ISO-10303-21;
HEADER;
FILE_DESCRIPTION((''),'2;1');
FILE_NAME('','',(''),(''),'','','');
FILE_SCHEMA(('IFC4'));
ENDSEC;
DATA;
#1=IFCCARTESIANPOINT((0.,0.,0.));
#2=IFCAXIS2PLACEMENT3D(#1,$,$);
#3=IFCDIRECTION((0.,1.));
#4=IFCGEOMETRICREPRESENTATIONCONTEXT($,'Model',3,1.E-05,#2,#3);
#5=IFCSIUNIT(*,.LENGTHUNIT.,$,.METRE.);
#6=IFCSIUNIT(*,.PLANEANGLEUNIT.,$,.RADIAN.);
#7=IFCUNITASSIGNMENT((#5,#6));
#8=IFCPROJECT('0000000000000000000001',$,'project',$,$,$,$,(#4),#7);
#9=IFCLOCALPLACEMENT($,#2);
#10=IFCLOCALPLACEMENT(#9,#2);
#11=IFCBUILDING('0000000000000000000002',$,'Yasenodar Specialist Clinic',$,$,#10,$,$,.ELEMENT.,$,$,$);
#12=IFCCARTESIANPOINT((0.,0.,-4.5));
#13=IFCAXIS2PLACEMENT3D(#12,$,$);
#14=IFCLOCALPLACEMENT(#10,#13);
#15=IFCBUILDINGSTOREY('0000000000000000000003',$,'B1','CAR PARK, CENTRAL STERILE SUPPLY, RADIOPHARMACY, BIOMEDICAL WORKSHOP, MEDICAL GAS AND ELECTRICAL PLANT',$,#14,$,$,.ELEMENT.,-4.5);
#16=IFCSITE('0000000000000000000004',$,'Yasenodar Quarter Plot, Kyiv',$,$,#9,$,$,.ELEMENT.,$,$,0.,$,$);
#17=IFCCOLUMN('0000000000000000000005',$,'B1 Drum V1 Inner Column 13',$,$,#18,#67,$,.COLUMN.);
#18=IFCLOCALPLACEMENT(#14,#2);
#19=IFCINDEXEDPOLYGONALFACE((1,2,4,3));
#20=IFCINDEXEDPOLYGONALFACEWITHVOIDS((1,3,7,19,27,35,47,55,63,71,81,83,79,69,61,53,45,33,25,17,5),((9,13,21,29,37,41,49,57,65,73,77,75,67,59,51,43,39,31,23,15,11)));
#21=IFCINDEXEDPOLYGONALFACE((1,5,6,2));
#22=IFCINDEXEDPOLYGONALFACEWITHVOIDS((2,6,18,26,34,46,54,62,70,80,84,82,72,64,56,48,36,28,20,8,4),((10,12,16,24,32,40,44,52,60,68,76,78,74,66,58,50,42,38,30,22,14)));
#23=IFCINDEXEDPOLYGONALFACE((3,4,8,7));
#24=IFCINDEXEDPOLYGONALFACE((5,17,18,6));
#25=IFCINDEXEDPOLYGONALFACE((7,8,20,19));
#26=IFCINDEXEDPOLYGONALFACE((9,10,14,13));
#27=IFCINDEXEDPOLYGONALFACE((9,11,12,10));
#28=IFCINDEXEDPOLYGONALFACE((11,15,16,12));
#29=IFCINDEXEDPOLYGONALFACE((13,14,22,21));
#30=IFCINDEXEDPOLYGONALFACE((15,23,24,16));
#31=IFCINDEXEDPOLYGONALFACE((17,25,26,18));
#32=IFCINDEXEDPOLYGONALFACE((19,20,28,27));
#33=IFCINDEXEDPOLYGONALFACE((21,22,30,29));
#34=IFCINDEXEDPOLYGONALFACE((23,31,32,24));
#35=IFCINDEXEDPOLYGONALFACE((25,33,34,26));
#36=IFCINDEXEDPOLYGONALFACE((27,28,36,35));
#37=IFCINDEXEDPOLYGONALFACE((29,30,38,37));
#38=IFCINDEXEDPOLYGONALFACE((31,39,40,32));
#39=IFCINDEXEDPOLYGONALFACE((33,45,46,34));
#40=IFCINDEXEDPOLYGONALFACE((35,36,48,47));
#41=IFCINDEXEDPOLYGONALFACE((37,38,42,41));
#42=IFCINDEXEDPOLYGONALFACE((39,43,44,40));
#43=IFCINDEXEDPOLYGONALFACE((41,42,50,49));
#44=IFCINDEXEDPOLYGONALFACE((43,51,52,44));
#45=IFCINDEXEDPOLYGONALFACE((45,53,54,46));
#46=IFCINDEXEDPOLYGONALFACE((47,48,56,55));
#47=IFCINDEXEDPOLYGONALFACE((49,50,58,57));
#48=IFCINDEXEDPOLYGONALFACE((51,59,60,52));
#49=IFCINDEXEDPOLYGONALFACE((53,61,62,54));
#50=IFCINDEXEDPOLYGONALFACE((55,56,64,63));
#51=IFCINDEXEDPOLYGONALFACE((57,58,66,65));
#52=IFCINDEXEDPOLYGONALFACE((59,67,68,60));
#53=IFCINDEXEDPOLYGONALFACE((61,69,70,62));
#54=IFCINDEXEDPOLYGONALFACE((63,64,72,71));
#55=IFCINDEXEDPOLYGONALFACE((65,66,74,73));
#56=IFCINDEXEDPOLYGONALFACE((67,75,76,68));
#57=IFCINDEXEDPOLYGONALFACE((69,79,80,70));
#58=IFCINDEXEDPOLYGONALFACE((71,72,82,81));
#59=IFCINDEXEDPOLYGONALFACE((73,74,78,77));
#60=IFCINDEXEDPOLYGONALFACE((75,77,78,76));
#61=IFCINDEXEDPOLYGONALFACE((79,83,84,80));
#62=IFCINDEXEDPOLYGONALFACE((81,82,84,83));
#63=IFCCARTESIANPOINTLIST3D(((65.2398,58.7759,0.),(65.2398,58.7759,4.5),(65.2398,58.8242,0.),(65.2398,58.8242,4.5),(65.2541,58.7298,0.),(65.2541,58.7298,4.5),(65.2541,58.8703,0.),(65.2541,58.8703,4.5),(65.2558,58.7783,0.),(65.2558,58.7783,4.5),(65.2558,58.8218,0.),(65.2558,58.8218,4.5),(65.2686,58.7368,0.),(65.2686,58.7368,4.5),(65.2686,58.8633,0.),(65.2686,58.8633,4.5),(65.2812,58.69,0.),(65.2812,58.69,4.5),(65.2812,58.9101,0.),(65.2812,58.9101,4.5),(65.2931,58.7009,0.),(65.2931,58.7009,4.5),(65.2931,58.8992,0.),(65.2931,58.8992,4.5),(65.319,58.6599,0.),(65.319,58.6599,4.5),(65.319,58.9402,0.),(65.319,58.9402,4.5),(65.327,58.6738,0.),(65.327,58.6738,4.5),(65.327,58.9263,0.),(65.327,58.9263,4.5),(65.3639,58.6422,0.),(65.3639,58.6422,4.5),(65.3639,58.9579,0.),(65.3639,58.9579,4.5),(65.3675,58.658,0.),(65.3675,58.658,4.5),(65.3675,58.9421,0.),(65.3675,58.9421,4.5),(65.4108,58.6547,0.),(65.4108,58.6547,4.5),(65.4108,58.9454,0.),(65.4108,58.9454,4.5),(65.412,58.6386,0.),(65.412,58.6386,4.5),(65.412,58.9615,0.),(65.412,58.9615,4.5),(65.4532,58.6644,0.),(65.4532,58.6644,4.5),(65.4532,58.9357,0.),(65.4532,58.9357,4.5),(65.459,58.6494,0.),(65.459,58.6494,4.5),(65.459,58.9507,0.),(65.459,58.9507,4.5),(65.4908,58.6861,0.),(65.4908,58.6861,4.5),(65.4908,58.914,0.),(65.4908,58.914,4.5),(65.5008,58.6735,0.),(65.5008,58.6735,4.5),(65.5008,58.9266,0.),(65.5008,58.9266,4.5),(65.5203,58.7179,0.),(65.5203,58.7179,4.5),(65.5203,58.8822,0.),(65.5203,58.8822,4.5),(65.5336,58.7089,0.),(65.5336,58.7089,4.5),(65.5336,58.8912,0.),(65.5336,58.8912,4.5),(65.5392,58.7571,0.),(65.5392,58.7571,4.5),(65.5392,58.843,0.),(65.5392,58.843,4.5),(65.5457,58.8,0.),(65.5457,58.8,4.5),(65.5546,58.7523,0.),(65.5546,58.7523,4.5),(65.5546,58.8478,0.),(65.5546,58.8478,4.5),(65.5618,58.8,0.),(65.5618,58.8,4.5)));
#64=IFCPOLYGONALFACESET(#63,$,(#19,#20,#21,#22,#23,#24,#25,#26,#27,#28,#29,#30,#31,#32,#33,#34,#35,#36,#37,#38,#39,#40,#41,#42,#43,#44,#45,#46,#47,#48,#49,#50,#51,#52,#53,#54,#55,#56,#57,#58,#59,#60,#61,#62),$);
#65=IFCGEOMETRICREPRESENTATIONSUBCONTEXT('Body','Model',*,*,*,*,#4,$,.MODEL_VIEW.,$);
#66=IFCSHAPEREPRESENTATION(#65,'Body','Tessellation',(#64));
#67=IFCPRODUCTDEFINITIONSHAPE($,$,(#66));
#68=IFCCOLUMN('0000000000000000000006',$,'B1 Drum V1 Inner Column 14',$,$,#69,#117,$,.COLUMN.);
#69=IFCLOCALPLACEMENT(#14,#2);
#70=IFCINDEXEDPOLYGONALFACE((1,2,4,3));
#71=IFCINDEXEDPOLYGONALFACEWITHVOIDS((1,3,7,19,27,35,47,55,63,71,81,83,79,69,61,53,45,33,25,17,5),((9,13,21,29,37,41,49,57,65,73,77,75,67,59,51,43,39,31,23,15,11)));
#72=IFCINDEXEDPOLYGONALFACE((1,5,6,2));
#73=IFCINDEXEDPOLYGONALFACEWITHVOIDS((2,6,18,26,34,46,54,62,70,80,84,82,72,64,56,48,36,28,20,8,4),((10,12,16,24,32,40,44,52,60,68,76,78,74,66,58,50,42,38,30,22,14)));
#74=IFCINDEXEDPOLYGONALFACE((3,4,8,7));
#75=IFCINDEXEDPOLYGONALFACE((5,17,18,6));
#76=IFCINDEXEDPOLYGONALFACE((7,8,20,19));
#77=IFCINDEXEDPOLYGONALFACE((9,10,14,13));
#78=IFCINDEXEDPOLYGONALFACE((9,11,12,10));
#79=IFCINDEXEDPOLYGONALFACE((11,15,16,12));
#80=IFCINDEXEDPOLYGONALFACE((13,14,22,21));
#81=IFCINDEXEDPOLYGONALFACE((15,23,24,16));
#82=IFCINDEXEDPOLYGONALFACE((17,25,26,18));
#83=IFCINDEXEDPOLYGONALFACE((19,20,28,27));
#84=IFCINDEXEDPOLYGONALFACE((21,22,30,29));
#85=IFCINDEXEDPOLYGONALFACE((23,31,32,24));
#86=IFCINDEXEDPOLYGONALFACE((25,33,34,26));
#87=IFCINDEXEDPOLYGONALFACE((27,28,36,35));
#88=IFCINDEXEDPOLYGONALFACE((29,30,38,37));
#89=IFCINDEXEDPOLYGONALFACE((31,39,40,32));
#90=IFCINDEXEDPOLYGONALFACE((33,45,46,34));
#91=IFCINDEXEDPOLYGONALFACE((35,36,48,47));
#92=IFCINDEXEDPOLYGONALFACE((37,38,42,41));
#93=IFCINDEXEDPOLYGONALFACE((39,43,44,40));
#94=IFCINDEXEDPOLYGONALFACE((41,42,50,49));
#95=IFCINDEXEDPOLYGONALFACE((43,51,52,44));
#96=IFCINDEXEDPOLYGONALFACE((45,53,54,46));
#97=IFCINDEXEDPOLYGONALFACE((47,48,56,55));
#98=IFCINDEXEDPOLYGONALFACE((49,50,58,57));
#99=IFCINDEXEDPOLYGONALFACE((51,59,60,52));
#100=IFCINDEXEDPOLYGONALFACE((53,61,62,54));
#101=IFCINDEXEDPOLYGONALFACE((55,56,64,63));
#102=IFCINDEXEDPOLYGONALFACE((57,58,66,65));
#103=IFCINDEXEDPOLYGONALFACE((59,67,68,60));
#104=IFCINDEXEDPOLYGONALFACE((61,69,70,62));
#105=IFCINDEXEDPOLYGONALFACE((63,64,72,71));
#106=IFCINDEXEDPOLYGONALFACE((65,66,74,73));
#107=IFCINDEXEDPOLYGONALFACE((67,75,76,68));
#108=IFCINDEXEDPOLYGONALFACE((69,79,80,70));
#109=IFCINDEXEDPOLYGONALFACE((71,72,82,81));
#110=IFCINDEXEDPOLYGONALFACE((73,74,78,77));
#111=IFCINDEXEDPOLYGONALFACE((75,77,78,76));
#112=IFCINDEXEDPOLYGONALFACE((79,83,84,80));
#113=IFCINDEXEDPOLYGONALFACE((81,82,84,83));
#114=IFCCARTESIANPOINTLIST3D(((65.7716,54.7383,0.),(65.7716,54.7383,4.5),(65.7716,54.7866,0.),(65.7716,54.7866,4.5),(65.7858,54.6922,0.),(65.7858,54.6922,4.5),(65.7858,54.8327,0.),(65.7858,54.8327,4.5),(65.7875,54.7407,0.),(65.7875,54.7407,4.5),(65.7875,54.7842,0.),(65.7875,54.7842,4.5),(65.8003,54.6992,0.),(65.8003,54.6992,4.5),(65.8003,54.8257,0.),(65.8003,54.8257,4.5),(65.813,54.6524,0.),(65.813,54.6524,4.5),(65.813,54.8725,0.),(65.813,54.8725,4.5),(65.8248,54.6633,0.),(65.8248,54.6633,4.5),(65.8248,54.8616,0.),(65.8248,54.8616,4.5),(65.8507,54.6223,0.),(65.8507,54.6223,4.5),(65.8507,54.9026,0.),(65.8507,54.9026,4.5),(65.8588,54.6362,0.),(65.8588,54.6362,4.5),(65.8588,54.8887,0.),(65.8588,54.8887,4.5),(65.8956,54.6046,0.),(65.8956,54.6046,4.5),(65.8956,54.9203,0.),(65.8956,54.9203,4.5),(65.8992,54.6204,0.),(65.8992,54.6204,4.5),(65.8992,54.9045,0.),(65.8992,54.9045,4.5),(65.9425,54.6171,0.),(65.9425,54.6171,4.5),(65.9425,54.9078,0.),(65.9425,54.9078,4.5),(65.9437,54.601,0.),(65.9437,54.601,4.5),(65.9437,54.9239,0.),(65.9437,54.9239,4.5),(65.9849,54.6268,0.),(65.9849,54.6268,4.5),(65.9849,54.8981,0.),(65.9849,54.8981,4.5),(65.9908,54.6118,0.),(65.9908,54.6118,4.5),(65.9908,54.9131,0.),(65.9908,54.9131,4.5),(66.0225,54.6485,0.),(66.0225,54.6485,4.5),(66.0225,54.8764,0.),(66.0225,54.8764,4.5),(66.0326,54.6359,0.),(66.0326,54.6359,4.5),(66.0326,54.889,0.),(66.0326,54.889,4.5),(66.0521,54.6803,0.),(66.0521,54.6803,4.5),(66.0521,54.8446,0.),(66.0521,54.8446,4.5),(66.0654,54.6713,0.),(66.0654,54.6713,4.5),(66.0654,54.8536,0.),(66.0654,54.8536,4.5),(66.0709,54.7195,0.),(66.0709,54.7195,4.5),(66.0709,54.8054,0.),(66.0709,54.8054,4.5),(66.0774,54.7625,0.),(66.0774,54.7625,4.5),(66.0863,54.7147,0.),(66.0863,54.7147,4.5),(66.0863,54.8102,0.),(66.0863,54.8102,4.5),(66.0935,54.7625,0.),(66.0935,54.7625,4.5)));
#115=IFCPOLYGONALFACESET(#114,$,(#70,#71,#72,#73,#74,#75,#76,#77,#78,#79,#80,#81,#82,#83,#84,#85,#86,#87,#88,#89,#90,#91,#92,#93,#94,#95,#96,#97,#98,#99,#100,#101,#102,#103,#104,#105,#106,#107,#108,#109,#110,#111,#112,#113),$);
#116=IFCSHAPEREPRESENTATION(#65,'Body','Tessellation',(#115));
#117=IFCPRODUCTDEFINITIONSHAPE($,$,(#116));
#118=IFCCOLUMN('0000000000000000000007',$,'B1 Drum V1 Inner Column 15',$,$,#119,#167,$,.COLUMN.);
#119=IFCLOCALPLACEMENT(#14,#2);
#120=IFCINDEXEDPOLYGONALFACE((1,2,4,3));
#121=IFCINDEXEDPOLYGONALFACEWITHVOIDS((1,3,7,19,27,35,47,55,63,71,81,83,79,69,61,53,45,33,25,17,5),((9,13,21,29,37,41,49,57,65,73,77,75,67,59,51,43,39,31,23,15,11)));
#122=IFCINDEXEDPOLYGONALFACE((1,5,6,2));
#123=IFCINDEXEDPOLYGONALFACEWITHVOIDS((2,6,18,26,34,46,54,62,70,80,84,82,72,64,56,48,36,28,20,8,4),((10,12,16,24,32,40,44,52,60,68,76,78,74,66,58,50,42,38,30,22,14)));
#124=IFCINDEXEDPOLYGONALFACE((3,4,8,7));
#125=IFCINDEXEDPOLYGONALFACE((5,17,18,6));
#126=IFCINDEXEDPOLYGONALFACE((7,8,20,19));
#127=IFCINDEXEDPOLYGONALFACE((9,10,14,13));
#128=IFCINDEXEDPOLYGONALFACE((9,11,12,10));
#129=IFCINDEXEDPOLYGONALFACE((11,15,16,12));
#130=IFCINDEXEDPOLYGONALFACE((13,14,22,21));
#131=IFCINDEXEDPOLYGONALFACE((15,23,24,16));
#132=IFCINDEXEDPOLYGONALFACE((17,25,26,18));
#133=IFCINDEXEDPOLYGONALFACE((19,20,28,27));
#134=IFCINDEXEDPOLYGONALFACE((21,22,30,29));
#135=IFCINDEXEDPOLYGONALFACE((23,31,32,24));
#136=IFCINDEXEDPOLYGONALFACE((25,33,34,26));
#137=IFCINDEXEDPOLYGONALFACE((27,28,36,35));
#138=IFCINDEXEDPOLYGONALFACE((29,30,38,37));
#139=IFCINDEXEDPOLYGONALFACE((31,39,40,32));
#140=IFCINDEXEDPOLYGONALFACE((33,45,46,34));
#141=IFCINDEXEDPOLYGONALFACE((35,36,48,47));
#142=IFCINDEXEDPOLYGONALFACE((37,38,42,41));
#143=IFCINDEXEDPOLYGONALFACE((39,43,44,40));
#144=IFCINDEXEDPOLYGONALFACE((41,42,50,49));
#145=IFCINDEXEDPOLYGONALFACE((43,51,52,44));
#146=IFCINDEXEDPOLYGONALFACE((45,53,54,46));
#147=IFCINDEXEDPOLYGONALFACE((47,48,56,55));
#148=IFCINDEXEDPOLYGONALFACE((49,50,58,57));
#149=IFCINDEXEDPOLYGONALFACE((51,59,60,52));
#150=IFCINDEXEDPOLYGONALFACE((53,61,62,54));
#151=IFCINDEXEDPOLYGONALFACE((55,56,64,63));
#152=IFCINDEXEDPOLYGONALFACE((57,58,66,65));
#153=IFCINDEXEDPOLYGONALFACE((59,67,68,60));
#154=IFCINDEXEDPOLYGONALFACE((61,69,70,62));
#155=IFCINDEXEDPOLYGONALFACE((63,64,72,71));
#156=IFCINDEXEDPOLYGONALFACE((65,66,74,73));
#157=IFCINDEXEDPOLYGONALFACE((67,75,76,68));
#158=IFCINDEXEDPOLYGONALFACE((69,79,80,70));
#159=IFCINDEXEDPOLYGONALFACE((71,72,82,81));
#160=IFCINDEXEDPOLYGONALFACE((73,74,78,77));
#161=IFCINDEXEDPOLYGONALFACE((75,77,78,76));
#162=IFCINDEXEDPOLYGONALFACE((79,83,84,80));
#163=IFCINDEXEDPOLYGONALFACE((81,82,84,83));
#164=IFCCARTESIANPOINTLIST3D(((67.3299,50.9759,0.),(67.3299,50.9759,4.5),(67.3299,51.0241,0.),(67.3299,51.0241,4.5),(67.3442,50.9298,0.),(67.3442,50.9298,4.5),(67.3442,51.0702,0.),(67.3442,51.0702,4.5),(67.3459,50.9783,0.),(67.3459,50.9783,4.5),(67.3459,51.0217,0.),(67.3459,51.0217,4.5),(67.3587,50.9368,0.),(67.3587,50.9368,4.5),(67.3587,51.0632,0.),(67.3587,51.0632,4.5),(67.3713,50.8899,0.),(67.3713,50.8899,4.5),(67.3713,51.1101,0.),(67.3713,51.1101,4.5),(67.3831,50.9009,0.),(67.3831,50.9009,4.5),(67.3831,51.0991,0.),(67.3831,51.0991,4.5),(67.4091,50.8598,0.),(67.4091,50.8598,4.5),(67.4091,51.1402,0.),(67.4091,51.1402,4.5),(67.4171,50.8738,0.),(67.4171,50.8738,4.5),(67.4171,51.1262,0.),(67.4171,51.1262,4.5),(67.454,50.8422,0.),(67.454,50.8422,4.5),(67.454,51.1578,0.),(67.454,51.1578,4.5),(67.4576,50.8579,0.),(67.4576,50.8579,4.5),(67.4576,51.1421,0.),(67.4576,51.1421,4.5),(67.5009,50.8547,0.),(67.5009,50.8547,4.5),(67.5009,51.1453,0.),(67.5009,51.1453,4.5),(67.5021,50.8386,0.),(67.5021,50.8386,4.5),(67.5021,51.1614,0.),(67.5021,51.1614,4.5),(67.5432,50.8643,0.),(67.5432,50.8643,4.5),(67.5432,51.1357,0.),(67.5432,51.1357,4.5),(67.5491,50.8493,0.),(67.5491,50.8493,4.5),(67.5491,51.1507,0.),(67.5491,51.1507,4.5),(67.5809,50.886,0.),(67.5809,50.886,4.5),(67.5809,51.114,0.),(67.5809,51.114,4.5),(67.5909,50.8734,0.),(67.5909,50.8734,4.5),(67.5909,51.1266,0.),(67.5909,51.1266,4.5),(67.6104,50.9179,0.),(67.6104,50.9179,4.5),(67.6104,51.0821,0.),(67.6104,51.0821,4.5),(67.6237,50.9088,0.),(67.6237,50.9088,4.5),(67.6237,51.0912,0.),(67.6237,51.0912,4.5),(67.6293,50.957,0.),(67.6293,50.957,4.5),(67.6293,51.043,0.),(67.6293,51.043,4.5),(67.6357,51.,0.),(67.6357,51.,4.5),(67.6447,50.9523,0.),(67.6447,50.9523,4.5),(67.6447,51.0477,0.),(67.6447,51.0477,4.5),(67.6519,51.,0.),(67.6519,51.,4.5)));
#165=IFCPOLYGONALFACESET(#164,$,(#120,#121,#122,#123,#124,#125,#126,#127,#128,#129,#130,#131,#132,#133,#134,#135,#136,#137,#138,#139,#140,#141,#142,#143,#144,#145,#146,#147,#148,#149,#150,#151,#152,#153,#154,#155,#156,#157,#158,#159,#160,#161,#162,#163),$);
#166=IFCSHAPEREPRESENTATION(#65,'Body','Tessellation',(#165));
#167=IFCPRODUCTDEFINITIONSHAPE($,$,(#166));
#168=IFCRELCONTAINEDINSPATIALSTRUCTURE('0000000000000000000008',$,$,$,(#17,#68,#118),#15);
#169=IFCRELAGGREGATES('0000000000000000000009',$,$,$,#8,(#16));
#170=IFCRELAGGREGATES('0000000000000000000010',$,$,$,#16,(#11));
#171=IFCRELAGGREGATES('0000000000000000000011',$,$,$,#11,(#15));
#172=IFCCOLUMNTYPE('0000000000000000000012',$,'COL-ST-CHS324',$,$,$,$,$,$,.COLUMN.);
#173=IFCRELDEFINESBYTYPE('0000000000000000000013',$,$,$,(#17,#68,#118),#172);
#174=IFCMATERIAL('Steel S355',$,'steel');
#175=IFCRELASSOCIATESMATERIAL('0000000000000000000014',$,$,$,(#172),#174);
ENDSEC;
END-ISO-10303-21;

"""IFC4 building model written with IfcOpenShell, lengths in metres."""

from ifc_helpers import new_model, si_unit, direction, frame, origin, origin_2d, place, context, subcontext, project, spatial, hollow_circle, extrude, material, material_profile, profile_set, type_object, element, save


model = new_model("IFC4")

# Units and contexts
model_context = context("Model", 3, precision=1e-05, world=origin(), true_north=direction((0.0, 1.0)))
body_context = subcontext(model_context, "Body", "Model", "MODEL_VIEW")
ifc_project = project(units=[si_unit("LENGTHUNIT", "METRE"), si_unit("PLANEANGLEUNIT", "RADIAN")], contexts=[model_context])

# Site, building, storey
site_placement = place(None, origin())
site = spatial("IfcSite", under=ifc_project, at=site_placement, Name="Yasenodar Quarter Plot, Kyiv", CompositionType="ELEMENT", RefElevation=0.0)
building_placement = place(site_placement, origin())
building = spatial("IfcBuilding", under=site, at=building_placement, Name="Yasenodar Specialist Clinic", CompositionType="ELEMENT")
storey_placement = place(building_placement, frame((0.0, 0.0, -4.5)))
storey = spatial("IfcBuildingStorey", under=building, at=storey_placement, Name="B1", Description="CAR PARK, CENTRAL STERILE SUPPLY, RADIOPHARMACY, BIOMEDICAL WORKSHOP, MEDICAL GAS AND ELECTRICAL PLANT", CompositionType="ELEMENT", Elevation=-4.5)

# Columns
ifc_material_1 = material(Name="Steel S355", Category="steel")
ifc_material_profile_1 = material_profile(ifc_material_1, hollow_circle(Radius=0.1619, WallThickness=0.0161, at=origin_2d()), Name="CHS 323.9x16")
ifc_profile_set_1 = profile_set([ifc_material_profile_1], Name="Steel S355")
column_type = type_object("IfcColumnType", Name="COL-ST-CHS324", PredefinedType="COLUMN", material=ifc_profile_set_1)
for number, where, z_axis, x_axis, name in (
    (1, (65.3999, 58.8, 0.0), (0.0, 0.0, 1.0), (1.0, 0.0, 0.0), "B1 Drum V1 Inner Column 13"),
    (2, (65.9316, 54.7625, 0.0), (0.0, 0.0, 1.0), (1.0, 0.0, 0.0), "B1 Drum V1 Inner Column 14"),
    (3, (67.49, 51.0, 0.0), (0.0, 0.0, 1.0), (1.0, 0.0, 0.0), "B1 Drum V1 Inner Column 15"),
):
    element("IfcColumn", number, at=place(storey_placement, frame(where, z_axis=z_axis, x_axis=x_axis)), inside=storey, type_object=column_type, Name=name, PredefinedType="COLUMN", context=body_context, shape_type="SweptSolid", body=[
        extrude(hollow_circle(Radius=0.1619, WallThickness=0.0161, at=origin_2d()), origin(), (0.0, 0.0, 1.0), 4.5),
    ])

save(model, "model.ifc")
